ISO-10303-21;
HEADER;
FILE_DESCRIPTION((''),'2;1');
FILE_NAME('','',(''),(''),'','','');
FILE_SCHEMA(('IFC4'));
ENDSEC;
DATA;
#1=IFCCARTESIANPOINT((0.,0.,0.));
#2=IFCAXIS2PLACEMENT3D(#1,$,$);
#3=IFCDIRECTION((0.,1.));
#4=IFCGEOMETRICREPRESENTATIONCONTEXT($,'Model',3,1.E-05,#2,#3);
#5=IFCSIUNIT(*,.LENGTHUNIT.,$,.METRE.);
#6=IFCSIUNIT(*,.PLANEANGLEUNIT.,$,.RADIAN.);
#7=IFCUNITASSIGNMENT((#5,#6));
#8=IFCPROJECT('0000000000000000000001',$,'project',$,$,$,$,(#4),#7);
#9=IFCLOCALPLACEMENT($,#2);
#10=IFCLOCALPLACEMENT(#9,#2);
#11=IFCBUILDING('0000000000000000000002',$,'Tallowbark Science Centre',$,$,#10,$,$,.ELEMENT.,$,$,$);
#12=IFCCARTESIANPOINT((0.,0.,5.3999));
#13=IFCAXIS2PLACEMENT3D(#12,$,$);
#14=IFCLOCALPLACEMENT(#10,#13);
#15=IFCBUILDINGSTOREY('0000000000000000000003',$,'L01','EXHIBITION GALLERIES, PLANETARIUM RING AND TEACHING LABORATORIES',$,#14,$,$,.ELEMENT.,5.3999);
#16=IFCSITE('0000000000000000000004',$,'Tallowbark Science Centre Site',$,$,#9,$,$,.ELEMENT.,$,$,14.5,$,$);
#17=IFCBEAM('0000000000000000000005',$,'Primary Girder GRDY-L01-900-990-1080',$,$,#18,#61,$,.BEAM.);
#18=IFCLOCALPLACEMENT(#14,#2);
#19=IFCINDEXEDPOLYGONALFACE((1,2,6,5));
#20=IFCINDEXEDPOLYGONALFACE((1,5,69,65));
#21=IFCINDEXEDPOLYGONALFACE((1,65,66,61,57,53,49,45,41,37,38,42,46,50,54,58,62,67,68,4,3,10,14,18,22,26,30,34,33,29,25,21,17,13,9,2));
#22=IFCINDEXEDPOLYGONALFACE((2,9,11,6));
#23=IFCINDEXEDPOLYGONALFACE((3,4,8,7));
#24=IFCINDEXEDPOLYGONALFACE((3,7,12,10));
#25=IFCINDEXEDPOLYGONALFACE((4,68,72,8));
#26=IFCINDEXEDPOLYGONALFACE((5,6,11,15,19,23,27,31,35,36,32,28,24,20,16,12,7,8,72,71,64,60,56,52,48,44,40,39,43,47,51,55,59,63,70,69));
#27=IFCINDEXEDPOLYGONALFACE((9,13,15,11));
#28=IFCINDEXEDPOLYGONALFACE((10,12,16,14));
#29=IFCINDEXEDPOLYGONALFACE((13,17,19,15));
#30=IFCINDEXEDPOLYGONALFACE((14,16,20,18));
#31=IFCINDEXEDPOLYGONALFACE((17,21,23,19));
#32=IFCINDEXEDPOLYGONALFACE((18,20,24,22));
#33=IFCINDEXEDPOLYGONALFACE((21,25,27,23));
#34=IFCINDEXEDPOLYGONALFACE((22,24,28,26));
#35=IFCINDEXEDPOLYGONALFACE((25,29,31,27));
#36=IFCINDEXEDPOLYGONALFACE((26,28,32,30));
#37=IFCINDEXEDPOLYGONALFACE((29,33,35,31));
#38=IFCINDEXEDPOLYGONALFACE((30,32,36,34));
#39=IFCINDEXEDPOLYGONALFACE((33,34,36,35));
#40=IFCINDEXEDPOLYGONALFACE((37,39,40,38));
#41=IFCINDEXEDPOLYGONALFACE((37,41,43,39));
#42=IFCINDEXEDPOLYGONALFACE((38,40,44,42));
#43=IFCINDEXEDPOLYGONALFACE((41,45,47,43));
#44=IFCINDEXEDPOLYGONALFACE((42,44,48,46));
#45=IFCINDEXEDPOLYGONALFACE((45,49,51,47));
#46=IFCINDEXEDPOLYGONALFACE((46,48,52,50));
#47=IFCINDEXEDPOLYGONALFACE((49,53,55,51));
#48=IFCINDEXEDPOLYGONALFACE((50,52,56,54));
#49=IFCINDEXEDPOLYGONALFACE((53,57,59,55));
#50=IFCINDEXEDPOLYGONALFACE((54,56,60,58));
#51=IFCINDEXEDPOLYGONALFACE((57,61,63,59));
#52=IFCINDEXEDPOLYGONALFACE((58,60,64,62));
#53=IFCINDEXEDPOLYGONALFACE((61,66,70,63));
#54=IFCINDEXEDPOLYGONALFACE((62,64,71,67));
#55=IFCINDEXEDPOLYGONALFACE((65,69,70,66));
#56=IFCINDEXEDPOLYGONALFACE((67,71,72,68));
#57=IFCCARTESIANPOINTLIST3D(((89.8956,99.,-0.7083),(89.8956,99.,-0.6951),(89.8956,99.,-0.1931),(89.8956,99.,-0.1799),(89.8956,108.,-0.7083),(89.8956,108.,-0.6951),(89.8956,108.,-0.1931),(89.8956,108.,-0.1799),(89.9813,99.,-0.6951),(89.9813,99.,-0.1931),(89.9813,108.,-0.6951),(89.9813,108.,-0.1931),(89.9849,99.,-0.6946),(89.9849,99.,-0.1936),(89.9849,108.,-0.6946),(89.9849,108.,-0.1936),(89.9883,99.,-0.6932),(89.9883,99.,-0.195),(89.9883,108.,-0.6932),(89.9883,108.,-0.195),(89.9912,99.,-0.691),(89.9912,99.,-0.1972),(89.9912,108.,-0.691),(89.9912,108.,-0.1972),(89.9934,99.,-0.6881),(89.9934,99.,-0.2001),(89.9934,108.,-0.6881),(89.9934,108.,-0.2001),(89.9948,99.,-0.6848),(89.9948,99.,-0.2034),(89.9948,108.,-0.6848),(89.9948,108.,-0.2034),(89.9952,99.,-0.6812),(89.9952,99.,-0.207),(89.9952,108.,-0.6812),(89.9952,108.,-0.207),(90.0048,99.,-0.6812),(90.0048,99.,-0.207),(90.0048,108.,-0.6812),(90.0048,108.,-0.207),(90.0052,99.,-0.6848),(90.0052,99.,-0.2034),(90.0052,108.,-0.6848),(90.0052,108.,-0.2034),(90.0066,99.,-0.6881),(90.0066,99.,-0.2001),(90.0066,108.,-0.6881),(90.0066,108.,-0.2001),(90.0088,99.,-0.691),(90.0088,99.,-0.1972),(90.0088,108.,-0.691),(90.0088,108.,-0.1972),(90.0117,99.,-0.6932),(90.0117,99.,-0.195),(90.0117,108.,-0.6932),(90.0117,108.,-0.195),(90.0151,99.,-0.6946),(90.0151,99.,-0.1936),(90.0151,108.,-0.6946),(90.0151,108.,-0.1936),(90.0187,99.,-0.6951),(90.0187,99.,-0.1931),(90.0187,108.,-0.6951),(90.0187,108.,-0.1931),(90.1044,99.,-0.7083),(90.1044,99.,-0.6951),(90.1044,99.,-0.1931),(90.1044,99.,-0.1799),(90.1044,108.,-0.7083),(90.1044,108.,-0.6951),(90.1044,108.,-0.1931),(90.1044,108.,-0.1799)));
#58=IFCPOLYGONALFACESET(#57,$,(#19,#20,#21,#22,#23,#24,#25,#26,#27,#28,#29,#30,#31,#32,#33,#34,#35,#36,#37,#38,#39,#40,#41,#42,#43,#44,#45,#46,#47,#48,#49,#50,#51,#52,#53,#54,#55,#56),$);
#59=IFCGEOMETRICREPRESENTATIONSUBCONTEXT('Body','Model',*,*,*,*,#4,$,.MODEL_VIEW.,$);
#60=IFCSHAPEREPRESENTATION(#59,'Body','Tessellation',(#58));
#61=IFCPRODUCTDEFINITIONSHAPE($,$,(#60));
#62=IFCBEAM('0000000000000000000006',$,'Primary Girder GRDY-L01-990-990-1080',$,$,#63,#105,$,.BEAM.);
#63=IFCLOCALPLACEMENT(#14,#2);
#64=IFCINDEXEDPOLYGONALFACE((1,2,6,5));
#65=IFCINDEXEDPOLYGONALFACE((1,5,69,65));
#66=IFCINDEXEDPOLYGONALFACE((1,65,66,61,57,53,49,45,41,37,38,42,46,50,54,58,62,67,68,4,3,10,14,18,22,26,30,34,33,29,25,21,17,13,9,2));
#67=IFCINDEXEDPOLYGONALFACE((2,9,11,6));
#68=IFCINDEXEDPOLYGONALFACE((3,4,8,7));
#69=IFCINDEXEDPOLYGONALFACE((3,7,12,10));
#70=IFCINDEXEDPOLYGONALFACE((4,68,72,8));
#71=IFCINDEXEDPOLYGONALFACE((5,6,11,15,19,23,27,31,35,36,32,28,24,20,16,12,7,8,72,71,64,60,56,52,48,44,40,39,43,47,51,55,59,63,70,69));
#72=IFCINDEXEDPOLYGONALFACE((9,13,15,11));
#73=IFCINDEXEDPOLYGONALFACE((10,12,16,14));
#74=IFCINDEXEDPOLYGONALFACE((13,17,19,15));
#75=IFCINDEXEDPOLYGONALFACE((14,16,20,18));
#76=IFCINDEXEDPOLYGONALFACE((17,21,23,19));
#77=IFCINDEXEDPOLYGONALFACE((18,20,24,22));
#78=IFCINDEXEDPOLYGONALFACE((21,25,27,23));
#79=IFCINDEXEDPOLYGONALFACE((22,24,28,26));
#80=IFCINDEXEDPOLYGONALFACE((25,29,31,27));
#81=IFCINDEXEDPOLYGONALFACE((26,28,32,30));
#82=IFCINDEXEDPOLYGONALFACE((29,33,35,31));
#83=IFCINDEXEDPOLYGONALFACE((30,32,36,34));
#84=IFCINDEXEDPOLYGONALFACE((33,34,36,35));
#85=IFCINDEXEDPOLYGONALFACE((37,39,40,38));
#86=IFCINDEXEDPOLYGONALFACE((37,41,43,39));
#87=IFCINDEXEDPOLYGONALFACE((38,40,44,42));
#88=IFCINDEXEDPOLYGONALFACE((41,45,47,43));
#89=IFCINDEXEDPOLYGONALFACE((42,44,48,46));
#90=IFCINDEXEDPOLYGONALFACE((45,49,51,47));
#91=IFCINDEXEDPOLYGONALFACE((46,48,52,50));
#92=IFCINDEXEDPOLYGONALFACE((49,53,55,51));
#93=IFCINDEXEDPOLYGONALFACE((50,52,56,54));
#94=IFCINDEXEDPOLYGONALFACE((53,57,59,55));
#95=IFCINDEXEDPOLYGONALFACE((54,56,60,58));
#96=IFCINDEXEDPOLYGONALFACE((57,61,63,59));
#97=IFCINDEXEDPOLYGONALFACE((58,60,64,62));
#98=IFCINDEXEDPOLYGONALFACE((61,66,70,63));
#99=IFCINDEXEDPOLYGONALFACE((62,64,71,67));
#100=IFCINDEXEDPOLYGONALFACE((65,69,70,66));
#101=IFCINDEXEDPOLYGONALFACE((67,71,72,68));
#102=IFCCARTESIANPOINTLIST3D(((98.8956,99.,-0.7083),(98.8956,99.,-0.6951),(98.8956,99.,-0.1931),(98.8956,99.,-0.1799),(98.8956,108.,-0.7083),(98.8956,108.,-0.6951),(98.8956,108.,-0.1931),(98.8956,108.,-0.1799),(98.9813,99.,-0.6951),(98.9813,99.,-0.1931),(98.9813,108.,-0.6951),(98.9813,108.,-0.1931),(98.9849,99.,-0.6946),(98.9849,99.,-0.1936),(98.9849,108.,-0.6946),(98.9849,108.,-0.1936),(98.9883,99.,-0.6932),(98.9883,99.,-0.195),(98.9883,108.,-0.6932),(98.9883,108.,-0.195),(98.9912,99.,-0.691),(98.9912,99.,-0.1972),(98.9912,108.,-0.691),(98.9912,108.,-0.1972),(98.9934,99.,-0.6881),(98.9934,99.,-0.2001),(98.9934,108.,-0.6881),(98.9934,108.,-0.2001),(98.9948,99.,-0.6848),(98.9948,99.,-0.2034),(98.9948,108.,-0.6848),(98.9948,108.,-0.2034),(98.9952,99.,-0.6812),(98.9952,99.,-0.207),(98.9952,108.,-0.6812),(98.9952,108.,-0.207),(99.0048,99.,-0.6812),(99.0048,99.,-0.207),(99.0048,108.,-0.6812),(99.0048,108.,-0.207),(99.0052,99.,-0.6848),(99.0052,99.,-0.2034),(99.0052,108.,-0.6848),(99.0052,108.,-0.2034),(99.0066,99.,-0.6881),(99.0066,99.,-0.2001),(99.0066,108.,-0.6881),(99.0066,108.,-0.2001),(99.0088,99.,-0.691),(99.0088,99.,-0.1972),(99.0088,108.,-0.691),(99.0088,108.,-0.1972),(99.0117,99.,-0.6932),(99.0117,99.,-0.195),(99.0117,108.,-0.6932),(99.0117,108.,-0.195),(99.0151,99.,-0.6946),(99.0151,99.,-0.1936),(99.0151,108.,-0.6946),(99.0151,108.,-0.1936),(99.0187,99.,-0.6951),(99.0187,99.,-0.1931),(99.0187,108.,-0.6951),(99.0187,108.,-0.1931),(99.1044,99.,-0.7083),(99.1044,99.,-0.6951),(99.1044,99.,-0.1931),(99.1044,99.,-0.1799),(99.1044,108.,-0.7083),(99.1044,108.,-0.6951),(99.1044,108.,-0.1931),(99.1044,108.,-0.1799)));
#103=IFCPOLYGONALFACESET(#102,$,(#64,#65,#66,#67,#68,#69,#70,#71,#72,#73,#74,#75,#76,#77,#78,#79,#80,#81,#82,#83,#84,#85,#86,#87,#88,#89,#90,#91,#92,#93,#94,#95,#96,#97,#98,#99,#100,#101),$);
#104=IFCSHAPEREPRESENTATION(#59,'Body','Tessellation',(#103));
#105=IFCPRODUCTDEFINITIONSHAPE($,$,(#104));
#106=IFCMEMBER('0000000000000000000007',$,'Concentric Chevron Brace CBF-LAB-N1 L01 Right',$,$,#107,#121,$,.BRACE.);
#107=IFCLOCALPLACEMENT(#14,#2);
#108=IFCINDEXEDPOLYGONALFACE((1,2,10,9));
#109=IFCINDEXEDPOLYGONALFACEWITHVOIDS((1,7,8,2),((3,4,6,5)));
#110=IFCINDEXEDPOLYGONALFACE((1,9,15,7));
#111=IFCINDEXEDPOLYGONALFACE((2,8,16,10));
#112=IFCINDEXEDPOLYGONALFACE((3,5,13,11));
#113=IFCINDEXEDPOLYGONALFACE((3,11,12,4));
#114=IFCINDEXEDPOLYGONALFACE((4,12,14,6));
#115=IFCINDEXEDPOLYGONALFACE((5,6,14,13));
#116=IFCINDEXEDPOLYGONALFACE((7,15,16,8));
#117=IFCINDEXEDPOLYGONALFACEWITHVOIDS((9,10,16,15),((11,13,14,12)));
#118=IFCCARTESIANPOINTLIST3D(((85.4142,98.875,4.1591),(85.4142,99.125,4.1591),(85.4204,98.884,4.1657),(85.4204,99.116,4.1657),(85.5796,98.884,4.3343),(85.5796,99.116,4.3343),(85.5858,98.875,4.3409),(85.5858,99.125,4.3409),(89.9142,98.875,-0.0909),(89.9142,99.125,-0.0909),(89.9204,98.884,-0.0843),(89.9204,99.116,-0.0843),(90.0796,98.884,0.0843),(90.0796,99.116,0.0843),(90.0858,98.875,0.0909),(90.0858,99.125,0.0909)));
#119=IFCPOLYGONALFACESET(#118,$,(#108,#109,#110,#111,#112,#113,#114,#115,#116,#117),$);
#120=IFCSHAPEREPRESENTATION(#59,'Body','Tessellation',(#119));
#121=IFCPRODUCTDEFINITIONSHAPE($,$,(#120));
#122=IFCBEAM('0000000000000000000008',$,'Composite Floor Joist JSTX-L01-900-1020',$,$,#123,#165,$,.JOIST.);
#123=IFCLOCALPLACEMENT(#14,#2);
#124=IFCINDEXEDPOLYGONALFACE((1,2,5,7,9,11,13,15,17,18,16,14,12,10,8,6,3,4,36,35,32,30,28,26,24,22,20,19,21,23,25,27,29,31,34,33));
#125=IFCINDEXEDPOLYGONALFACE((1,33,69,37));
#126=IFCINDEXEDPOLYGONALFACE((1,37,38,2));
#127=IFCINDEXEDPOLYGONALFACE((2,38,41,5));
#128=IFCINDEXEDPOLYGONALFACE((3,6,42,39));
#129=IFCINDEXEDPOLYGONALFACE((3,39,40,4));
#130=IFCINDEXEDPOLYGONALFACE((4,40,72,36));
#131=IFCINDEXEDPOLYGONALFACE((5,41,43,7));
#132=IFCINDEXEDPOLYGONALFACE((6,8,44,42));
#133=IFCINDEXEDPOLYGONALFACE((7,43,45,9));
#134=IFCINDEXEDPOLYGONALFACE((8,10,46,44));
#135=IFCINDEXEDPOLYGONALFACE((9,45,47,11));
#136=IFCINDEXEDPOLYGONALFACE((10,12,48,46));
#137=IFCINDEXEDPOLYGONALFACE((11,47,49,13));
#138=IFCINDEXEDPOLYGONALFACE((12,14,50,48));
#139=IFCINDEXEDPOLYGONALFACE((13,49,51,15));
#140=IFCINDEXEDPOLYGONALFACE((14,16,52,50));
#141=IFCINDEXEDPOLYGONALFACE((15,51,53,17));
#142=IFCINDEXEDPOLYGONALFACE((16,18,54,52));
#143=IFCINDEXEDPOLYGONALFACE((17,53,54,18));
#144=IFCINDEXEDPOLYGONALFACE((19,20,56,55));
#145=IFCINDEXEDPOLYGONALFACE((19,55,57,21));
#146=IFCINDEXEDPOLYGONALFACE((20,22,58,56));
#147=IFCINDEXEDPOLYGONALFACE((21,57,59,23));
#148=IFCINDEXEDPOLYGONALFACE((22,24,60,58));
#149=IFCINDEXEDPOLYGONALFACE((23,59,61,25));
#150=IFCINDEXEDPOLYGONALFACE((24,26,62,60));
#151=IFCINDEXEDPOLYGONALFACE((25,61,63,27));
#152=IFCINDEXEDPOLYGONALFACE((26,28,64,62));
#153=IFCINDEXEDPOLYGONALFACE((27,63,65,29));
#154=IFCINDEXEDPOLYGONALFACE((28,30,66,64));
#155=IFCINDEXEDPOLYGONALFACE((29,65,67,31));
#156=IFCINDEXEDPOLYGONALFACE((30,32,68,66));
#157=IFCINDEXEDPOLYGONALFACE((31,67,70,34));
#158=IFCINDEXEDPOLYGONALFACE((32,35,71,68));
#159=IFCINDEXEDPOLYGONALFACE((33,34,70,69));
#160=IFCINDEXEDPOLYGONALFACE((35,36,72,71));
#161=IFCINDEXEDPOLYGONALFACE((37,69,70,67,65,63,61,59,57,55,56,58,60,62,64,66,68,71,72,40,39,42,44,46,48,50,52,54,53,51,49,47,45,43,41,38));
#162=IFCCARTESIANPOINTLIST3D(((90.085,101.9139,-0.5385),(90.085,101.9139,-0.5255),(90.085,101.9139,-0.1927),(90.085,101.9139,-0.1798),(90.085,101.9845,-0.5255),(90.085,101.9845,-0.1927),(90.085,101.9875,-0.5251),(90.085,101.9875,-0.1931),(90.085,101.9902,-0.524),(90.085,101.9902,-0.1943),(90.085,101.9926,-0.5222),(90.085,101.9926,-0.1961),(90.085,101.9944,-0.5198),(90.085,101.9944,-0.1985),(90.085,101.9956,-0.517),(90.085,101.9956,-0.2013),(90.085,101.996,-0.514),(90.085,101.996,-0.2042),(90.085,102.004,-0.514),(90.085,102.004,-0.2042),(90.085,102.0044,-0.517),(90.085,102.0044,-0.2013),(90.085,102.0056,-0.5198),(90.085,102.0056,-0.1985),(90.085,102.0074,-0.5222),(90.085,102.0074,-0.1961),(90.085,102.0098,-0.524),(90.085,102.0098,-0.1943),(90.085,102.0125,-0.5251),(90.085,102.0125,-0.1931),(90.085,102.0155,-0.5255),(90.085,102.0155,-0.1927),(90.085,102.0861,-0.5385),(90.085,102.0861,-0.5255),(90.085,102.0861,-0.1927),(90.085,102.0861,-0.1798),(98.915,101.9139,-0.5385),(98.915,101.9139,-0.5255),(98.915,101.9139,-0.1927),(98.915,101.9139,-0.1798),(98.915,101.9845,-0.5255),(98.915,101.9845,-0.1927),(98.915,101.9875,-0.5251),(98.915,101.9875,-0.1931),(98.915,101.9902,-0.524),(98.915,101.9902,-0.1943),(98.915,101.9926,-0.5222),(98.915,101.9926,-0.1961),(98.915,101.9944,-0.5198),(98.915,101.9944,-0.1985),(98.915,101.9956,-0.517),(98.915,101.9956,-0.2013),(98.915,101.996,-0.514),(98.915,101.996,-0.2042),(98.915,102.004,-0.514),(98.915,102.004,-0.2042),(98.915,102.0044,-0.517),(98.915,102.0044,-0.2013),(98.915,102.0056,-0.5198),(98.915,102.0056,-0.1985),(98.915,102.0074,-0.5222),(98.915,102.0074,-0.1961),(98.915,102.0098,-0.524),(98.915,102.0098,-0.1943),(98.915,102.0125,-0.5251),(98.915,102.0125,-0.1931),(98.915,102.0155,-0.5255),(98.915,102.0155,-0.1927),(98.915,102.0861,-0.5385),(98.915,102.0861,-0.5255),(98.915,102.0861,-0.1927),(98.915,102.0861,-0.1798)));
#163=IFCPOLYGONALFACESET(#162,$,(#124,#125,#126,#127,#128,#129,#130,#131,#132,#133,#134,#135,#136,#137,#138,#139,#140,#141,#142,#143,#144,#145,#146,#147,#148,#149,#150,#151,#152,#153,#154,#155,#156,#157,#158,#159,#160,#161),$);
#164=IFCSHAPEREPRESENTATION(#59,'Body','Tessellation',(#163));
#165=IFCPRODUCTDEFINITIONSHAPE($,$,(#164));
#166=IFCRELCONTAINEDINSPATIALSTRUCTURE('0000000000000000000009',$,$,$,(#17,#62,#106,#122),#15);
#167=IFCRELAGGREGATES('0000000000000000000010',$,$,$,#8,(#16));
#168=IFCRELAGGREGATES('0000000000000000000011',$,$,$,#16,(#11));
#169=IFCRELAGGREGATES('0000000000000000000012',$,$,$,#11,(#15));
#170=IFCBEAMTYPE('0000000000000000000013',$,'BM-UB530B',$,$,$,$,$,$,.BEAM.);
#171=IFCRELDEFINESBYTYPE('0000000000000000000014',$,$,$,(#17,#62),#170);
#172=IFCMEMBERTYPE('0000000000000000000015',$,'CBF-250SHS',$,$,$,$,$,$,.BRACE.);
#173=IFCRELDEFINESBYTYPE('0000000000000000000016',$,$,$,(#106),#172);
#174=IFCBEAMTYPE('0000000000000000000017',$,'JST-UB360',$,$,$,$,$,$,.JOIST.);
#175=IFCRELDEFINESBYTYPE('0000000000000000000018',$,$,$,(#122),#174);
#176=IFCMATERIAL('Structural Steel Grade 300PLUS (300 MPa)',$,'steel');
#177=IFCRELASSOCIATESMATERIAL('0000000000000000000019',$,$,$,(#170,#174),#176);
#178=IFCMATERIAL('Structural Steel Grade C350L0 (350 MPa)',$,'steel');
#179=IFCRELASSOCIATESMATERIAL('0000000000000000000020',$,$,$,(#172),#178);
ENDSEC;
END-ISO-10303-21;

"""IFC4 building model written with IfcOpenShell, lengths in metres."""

from ifc_helpers import new_model, si_unit, direction, frame, origin, origin_2d, place, context, subcontext, project, spatial, hollow_rectangle, i_section, extrude, material, material_profile, profile_set, type_object, element, save


model = new_model("IFC4")

# Units and contexts
model_context = context("Model", 3, precision=1e-05, world=origin(), true_north=direction((0.0, 1.0)))
body_context = subcontext(model_context, "Body", "Model", "MODEL_VIEW")
ifc_project = project(units=[si_unit("LENGTHUNIT", "METRE"), si_unit("PLANEANGLEUNIT", "RADIAN")], contexts=[model_context])

# Site, building, storey
site_placement = place(None, origin())
site = spatial("IfcSite", under=ifc_project, at=site_placement, Name="Tallowbark Science Centre Site", CompositionType="ELEMENT", RefElevation=14.5)
building_placement = place(site_placement, origin())
building = spatial("IfcBuilding", under=site, at=building_placement, Name="Tallowbark Science Centre", CompositionType="ELEMENT")
storey_placement = place(building_placement, frame((0.0, 0.0, 5.3999)))
storey = spatial("IfcBuildingStorey", under=building, at=storey_placement, Name="L01", Description="EXHIBITION GALLERIES, PLANETARIUM RING AND TEACHING LABORATORIES", CompositionType="ELEMENT", Elevation=5.3999)

# Shared definitions
ifc_material_1 = material(Name="Structural Steel Grade 300PLUS (300 MPa)", Category="steel")

# Beams
ifc_material_profile_1 = material_profile(ifc_material_1, i_section(OverallWidth=0.2087, OverallDepth=0.5283, WebThickness=0.0095, FlangeThickness=0.0132, FilletRadius=0.0139, at=origin_2d()), Name="530UB82.0")
ifc_profile_set_1 = profile_set([ifc_material_profile_1], Name="Structural Steel Grade 300PLUS (300 MPa)")
beam_type_1 = type_object("IfcBeamType", Name="BM-UB530B", PredefinedType="BEAM", material=ifc_profile_set_1)
for number, where, z_axis, x_axis, name in (
    (1, (90.0, 99.0, -0.4441), (0.0, 1.0, 0.0), (-1.0, 0.0, 0.0), "Primary Girder GRDY-L01-900-990-1080"),
    (2, (99.0, 99.0, -0.4441), (0.0, 1.0, 0.0), (-1.0, 0.0, 0.0), "Primary Girder GRDY-L01-990-990-1080"),
):
    element("IfcBeam", number, at=place(storey_placement, frame(where, z_axis=z_axis, x_axis=x_axis)), inside=storey, type_object=beam_type_1, Name=name, PredefinedType="BEAM", context=body_context, shape_type="SweptSolid", body=[
        extrude(i_section(OverallWidth=0.2087, OverallDepth=0.5283, WebThickness=0.0095, FlangeThickness=0.0132, FilletRadius=0.0139, at=origin_2d()), origin(), (0.0, 0.0, 1.0), 9.0),
    ])

# Member
ifc_material_2 = material(Name="Structural Steel Grade C350L0 (350 MPa)", Category="steel")
ifc_material_profile_2 = material_profile(ifc_material_2, hollow_rectangle(XDim=0.25, YDim=0.25, WallThickness=0.009, at=origin_2d()), Name="250x250x9.0SHS")
ifc_profile_set_2 = profile_set([ifc_material_profile_2], Name="Structural Steel Grade C350L0 (350 MPa)")
member_type = type_object("IfcMemberType", Name="CBF-250SHS", PredefinedType="BRACE", material=ifc_profile_set_2)
member_placement = place(storey_placement, frame((90.0, 99.0, 0.0), z_axis=(-0.727013, 0.0, 0.686624), x_axis=(0.0, -1.0, 0.0)))
element("IfcMember", 3, at=member_placement, inside=storey, type_object=member_type, Name="Concentric Chevron Brace CBF-LAB-N1 L01 Right", PredefinedType="BRACE", context=body_context, shape_type="SweptSolid", body=[
    extrude(hollow_rectangle(XDim=0.25, YDim=0.25, WallThickness=0.009, at=origin_2d()), origin(), (0.0, 0.0, 1.0), 6.1897),
])

# Beam
ifc_material_profile_3 = material_profile(ifc_material_1, i_section(OverallWidth=0.1721, OverallDepth=0.3586, WebThickness=0.0081, FlangeThickness=0.0129, FilletRadius=0.0115, at=origin_2d()), Name="360UB56.7")
ifc_profile_set_3 = profile_set([ifc_material_profile_3], Name="Structural Steel Grade 300PLUS (300 MPa)")
beam_type_2 = type_object("IfcBeamType", Name="JST-UB360", PredefinedType="JOIST", material=ifc_profile_set_3)
for number, where, z_axis, x_axis, name in (
    (4, (90.085, 102.0, -0.3591), (1.0, 0.0, 0.0), (0.0, 1.0, 0.0), "Composite Floor Joist JSTX-L01-900-1020"),
):
    element("IfcBeam", number, at=place(storey_placement, frame(where, z_axis=z_axis, x_axis=x_axis)), inside=storey, type_object=beam_type_2, Name=name, PredefinedType="JOIST", context=body_context, shape_type="SweptSolid", body=[
        extrude(i_section(OverallWidth=0.1721, OverallDepth=0.3586, WebThickness=0.0081, FlangeThickness=0.0129, FilletRadius=0.0115, at=origin_2d()), origin(), (0.0, 0.0, 1.0), 8.8301),
    ])

save(model, "model.ifc")
